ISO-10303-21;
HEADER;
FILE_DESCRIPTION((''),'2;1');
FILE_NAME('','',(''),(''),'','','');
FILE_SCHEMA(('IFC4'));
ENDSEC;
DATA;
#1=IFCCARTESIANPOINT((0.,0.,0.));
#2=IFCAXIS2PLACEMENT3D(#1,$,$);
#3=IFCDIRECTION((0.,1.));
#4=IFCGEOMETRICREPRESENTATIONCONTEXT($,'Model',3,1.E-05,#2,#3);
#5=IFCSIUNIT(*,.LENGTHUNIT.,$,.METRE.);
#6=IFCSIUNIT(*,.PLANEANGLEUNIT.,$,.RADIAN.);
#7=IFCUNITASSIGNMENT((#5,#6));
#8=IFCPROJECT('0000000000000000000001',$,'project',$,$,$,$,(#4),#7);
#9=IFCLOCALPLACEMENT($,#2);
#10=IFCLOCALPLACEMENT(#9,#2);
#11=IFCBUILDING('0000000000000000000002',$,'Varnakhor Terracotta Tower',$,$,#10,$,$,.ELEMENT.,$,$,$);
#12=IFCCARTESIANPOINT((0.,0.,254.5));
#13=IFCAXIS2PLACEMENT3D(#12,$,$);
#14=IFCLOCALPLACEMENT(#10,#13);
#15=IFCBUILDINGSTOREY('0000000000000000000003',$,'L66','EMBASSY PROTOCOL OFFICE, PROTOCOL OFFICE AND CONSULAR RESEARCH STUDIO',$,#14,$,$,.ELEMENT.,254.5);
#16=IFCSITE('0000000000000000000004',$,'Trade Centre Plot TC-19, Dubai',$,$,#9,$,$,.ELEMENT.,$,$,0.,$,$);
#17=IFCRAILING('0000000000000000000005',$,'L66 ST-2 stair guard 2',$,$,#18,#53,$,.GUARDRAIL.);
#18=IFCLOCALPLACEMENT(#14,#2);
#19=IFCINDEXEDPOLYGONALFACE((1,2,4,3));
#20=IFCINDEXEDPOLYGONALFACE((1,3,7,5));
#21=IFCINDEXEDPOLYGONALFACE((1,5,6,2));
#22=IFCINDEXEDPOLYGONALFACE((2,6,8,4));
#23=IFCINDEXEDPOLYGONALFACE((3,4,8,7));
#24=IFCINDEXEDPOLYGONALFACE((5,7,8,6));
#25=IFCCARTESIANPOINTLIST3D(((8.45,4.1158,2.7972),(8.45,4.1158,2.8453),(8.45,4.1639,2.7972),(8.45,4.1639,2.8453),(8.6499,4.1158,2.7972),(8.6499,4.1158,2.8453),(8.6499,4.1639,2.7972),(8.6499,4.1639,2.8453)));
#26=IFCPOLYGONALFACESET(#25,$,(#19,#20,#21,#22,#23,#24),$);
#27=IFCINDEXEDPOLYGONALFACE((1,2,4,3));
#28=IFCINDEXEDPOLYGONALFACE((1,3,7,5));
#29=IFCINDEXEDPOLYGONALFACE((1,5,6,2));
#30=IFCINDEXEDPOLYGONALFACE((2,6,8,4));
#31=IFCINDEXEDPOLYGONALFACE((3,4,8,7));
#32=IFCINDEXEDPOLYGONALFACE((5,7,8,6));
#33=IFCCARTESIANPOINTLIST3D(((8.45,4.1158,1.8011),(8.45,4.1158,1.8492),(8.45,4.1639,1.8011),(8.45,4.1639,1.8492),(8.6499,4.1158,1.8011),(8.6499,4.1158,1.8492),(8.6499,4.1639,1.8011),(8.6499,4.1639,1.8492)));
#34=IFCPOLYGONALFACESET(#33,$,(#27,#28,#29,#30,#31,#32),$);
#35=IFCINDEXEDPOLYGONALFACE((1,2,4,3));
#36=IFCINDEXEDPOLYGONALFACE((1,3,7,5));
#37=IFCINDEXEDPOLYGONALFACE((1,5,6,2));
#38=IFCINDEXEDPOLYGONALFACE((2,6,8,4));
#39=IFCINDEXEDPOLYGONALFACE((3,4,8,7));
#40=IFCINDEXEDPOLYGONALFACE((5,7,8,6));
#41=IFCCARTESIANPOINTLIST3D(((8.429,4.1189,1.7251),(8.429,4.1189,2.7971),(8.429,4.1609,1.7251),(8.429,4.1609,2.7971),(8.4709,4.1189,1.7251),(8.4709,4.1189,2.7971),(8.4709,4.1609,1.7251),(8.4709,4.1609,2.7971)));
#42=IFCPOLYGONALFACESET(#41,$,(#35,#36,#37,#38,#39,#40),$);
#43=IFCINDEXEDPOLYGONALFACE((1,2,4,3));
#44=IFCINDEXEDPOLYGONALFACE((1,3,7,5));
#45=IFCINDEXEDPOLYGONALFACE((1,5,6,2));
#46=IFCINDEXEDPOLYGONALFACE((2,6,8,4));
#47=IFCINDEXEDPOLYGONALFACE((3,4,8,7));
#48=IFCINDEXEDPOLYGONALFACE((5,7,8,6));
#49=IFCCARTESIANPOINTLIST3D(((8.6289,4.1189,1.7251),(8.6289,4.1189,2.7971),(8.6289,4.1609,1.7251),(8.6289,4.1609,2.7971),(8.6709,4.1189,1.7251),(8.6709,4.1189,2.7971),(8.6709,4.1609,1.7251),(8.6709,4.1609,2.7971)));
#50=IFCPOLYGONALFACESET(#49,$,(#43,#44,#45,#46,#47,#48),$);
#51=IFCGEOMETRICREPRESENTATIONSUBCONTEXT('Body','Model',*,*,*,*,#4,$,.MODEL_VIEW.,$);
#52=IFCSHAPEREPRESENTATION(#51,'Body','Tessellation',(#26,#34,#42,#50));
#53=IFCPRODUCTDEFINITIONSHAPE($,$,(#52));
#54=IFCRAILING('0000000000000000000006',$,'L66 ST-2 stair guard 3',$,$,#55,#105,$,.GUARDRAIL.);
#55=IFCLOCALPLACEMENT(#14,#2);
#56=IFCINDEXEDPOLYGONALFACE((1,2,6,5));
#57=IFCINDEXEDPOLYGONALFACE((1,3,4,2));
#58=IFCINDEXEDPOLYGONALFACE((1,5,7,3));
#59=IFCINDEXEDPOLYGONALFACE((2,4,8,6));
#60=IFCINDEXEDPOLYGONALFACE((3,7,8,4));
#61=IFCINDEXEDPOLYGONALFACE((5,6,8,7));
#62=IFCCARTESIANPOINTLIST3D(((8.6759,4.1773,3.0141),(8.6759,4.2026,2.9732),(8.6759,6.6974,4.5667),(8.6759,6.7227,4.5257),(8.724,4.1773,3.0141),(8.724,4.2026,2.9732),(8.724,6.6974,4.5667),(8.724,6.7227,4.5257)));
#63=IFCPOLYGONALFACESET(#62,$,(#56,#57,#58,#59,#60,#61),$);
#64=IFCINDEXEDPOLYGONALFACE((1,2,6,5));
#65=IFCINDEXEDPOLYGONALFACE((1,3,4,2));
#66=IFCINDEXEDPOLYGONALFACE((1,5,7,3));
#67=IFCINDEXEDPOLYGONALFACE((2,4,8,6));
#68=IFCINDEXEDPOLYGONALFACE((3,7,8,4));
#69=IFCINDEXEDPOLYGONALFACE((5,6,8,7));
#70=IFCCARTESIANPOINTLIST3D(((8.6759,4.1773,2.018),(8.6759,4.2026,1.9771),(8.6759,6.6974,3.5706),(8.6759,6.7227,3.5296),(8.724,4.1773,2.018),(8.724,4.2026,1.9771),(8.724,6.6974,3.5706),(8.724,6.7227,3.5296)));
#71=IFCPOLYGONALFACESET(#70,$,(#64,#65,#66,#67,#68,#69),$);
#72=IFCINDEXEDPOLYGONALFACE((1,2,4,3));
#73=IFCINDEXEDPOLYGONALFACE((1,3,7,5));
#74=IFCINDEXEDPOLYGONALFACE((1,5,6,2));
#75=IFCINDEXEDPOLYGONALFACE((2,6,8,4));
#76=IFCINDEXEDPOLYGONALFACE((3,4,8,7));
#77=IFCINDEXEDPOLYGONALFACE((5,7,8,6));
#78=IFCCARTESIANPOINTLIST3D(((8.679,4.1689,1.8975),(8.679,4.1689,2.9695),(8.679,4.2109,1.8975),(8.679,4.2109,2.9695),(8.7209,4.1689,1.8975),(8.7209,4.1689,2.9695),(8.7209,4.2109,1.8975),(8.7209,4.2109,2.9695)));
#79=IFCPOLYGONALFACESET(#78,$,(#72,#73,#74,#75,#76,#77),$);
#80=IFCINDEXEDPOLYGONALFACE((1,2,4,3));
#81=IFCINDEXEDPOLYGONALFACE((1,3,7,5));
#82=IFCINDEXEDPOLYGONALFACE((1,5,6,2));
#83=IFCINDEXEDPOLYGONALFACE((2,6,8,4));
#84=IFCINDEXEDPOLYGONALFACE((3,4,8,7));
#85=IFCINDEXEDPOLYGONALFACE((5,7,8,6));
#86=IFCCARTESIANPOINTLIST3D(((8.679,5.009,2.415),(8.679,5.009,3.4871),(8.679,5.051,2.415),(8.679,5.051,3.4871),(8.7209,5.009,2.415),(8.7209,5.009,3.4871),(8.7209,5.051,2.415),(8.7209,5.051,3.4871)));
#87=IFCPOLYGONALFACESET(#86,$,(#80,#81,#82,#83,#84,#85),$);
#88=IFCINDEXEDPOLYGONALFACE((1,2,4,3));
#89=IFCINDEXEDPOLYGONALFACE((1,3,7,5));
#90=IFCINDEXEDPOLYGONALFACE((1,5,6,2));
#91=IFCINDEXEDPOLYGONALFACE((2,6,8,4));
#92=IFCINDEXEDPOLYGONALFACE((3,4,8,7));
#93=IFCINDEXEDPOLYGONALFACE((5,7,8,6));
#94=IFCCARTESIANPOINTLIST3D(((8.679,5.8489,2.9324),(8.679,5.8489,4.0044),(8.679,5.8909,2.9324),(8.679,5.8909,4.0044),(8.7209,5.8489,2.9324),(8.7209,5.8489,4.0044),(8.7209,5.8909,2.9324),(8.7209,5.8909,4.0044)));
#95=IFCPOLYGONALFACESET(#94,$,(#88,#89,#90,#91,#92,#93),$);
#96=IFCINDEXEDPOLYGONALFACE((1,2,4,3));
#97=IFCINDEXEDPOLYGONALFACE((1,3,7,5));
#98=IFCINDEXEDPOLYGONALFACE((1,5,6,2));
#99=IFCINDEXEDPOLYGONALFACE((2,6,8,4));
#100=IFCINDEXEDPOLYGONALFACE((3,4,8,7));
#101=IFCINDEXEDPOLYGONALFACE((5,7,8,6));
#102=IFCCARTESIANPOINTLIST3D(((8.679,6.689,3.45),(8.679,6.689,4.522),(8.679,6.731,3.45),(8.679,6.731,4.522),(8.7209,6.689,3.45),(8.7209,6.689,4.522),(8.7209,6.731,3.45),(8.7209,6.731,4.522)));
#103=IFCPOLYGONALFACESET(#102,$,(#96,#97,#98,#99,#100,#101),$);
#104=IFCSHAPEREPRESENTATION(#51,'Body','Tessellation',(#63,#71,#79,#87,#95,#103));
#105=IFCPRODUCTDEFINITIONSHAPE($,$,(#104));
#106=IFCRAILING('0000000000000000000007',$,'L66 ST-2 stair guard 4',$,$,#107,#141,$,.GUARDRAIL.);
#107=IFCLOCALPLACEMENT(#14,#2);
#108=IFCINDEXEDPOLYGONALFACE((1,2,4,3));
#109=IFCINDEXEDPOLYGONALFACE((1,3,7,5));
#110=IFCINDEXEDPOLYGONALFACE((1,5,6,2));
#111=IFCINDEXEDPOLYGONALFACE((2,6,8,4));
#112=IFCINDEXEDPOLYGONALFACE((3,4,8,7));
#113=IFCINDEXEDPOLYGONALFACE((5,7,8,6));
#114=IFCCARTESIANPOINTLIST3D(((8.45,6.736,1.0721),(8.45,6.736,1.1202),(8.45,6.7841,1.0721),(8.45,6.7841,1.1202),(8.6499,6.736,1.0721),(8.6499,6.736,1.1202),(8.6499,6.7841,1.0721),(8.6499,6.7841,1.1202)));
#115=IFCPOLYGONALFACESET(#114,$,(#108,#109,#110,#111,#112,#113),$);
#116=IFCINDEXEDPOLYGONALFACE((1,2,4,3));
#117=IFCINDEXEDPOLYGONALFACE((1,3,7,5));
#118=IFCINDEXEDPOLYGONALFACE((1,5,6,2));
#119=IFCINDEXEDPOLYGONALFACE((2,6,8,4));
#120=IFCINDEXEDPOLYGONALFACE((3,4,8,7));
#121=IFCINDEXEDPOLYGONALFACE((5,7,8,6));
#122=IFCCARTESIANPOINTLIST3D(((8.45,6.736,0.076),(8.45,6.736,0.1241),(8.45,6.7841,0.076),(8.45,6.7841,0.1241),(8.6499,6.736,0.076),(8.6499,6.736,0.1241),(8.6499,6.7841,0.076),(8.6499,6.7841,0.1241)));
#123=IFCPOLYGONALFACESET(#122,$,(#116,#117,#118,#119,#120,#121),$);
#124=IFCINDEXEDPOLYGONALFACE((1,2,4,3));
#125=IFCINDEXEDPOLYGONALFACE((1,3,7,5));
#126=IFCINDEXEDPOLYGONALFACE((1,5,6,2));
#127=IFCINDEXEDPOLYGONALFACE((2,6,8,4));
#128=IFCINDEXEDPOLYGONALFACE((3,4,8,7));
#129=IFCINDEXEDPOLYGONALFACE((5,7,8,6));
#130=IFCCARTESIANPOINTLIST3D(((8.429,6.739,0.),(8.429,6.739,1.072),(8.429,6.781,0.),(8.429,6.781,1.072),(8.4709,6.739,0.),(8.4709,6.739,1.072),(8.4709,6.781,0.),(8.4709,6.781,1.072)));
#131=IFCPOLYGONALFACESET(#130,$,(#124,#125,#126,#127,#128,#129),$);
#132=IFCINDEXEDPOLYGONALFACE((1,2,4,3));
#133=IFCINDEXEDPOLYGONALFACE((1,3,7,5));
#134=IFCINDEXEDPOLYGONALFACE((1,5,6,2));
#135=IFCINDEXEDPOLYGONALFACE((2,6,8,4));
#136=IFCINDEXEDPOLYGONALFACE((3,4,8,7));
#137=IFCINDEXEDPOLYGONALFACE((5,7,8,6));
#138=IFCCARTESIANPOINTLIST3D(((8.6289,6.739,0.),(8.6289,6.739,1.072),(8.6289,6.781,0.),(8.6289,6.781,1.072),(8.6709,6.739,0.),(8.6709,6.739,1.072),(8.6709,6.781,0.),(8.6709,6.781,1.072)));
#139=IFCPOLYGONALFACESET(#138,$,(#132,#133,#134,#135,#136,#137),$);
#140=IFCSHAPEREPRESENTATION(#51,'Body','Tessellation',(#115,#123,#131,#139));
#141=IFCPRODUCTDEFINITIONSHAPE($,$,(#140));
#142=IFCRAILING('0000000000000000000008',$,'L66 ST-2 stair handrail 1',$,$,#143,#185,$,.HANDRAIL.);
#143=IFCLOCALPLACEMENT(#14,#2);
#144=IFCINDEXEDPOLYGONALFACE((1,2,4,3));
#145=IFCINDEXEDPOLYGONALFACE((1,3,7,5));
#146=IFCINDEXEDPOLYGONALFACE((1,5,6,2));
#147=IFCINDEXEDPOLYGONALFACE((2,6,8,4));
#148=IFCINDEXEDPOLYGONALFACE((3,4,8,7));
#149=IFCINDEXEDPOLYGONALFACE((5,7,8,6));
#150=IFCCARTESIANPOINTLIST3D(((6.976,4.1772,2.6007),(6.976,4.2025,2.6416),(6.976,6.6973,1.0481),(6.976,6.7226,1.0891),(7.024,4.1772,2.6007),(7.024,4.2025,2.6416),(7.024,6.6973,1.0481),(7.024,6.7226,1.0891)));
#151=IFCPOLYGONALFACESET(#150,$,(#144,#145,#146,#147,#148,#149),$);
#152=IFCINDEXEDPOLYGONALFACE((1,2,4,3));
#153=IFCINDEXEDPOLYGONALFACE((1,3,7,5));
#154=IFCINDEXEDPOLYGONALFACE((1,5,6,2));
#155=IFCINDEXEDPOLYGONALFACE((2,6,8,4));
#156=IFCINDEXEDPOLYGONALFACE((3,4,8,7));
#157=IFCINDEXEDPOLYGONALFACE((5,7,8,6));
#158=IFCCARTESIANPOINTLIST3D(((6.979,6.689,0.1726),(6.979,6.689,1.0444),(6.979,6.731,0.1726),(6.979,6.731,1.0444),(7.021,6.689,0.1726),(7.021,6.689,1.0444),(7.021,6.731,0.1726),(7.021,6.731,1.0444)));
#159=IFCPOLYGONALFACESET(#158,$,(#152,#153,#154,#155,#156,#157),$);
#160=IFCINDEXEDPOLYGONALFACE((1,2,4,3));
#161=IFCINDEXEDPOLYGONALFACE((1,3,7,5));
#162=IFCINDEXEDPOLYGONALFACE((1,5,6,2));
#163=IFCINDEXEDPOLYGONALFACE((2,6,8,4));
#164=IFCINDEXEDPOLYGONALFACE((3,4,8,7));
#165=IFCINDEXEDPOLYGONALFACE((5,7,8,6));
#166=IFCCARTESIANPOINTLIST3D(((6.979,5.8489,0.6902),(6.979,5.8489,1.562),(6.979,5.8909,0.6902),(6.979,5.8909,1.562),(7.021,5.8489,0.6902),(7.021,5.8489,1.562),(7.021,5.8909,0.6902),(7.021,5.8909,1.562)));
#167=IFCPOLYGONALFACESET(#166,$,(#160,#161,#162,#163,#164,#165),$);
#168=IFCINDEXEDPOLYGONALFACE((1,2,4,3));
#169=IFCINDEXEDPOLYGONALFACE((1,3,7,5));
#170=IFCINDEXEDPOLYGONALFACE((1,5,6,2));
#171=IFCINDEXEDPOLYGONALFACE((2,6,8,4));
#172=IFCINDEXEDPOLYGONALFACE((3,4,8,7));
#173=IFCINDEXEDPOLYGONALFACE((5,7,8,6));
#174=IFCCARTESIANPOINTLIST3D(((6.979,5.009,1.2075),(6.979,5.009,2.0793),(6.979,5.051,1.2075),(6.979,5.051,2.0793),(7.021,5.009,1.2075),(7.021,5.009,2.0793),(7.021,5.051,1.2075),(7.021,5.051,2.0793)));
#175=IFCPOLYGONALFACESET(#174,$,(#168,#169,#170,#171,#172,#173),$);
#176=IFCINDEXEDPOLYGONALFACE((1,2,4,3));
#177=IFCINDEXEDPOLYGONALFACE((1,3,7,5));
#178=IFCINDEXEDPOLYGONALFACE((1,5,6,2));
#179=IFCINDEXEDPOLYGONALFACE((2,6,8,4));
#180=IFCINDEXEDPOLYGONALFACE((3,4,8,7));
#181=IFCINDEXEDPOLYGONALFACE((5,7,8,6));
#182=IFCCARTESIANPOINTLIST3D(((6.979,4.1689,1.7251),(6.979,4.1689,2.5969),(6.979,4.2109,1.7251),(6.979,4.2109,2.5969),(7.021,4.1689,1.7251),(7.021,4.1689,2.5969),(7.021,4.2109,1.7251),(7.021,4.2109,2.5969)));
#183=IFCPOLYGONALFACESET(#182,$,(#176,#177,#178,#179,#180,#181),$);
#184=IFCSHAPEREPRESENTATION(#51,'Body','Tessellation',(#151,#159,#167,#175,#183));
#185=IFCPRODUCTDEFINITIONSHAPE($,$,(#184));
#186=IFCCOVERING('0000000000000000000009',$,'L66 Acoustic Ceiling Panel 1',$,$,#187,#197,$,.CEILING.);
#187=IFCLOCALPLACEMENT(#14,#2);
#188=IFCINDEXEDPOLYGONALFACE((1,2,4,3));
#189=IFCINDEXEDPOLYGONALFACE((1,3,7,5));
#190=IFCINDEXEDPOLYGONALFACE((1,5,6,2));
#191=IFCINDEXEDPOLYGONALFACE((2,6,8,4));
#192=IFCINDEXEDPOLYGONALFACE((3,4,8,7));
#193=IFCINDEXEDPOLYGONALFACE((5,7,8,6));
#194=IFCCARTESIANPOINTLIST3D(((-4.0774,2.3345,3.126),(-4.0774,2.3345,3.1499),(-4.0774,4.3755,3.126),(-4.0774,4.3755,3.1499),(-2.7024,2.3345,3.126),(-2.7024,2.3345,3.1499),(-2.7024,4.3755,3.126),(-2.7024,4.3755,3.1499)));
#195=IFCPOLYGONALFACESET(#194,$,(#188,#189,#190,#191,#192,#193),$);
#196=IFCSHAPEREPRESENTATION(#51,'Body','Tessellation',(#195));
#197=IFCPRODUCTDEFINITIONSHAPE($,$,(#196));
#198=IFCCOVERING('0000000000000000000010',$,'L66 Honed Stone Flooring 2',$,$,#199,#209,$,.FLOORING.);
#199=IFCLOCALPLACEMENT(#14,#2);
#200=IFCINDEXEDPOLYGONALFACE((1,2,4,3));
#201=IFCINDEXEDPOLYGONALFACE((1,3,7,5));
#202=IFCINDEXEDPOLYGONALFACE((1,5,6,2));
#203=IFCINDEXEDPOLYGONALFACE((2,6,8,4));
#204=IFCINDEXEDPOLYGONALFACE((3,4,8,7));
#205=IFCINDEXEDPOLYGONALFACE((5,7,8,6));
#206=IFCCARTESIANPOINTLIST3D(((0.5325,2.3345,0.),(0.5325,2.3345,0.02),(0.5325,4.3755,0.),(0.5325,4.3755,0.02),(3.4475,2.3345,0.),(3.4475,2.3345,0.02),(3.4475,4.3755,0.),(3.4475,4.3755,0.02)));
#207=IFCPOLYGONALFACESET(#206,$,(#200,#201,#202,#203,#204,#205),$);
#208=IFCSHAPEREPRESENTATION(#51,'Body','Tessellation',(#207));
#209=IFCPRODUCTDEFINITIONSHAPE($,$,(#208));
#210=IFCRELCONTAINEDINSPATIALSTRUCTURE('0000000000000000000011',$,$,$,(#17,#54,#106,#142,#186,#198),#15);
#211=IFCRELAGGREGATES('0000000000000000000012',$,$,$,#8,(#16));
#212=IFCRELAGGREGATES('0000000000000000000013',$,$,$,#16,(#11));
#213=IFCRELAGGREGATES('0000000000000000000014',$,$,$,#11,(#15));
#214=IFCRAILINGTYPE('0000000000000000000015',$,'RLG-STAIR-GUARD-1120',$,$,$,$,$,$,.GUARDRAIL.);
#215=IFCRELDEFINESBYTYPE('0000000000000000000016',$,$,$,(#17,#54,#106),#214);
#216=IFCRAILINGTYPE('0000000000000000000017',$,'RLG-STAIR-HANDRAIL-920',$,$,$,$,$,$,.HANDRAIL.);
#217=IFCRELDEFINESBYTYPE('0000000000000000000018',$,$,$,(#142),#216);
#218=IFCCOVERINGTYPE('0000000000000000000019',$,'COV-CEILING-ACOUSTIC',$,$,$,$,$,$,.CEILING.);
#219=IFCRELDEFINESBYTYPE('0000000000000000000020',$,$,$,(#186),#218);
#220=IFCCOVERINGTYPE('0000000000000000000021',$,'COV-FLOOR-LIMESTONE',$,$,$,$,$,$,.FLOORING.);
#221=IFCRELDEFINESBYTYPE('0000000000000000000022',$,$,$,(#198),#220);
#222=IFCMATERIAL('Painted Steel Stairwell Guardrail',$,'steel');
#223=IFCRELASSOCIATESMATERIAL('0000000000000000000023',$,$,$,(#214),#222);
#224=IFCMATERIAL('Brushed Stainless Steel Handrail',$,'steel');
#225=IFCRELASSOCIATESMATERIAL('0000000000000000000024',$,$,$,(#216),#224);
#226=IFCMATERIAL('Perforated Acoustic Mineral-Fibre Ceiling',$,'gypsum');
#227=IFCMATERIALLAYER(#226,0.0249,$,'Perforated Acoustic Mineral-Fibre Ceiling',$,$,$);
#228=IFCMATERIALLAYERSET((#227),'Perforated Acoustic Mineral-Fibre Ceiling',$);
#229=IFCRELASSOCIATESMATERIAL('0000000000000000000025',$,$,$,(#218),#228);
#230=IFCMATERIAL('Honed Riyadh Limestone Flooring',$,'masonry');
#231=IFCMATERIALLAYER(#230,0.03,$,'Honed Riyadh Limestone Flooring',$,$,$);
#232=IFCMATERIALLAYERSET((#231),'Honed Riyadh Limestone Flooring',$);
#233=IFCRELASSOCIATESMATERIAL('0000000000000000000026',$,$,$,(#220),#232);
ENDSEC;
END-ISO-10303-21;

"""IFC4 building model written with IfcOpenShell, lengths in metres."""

from ifc_helpers import new_model, si_unit, direction, frame, origin, origin_2d, place, context, subcontext, project, spatial, rectangle, extrude, source, transform, mapped, material, layer, layer_set, type_object, element, save


model = new_model("IFC4")

# Units and contexts
model_context = context("Model", 3, precision=1e-05, world=origin(), true_north=direction((0.0, 1.0)))
body_context = subcontext(model_context, "Body", "Model", "MODEL_VIEW")
ifc_project = project(units=[si_unit("LENGTHUNIT", "METRE"), si_unit("PLANEANGLEUNIT", "RADIAN")], contexts=[model_context])

# Site, building, storey
site_placement = place(None, origin())
site = spatial("IfcSite", under=ifc_project, at=site_placement, Name="Trade Centre Plot TC-19, Dubai", CompositionType="ELEMENT", RefElevation=0.0)
building_placement = place(site_placement, origin())
building = spatial("IfcBuilding", under=site, at=building_placement, Name="Varnakhor Terracotta Tower", CompositionType="ELEMENT")
storey_placement = place(building_placement, frame((0.0, 0.0, 254.5)))
storey = spatial("IfcBuildingStorey", under=building, at=storey_placement, Name="L66", Description="EMBASSY PROTOCOL OFFICE, PROTOCOL OFFICE AND CONSULAR RESEARCH STUDIO", CompositionType="ELEMENT", Elevation=254.5)

# Railings
ifc_material_1 = material(Name="Painted Steel Stairwell Guardrail", Category="steel")
railing_type_1 = type_object("IfcRailingType", Name="RLG-STAIR-GUARD-1120", PredefinedType="GUARDRAIL", material=ifc_material_1)
railing_1_placement = place(storey_placement, frame((8.45, 4.1399, 1.7251)))
element("IfcRailing", 1, at=railing_1_placement, inside=storey, type_object=railing_type_1, Name="L66 ST-2 stair guard 2", PredefinedType="GUARDRAIL", context=body_context, shape_type="SweptSolid", body=[
    extrude(rectangle(XDim=0.0481, YDim=0.0481, at=origin_2d()), frame((0.0, 0.0, 1.0962), z_axis=(1.0, 0.0, 0.0), x_axis=(0.0, 1.0, 0.0)), (0.0, 0.0, 1.0), 0.2),
    extrude(rectangle(XDim=0.0481, YDim=0.0481, at=origin_2d()), frame((0.0, 0.0, 0.1001), z_axis=(1.0, 0.0, 0.0), x_axis=(0.0, 1.0, 0.0)), (0.0, 0.0, 1.0), 0.2),
    extrude(rectangle(XDim=0.042, YDim=0.042, at=origin_2d()), origin(), (0.0, 0.0, 1.0), 1.072),
    extrude(rectangle(XDim=0.042, YDim=0.042, at=origin_2d()), frame((0.2, 0.0, 0.0)), (0.0, 0.0, 1.0), 1.072),
])
railing_2_placement = place(storey_placement, frame((8.7, 4.1899, 1.8975)))
element("IfcRailing", 2, at=railing_2_placement, inside=storey, type_object=railing_type_1, Name="L66 ST-2 stair guard 3", PredefinedType="GUARDRAIL", context=body_context, shape_type="SweptSolid", body=[
    extrude(rectangle(XDim=0.0481, YDim=0.0481, at=origin_2d()), frame((0.0, 0.0, 1.0962), z_axis=(0.0, 0.8514, 0.524516), x_axis=(-1.0, 0.0, 0.0)), (0.0, 0.0, 1.0), 2.96),
    extrude(rectangle(XDim=0.0481, YDim=0.0481, at=origin_2d()), frame((0.0, 0.0, 0.1001), z_axis=(0.0, 0.8514, 0.524516), x_axis=(-1.0, 0.0, 0.0)), (0.0, 0.0, 1.0), 2.96),
    extrude(rectangle(XDim=0.042, YDim=0.042, at=origin_2d()), origin(), (0.0, 0.0, 1.0), 1.072),
    extrude(rectangle(XDim=0.042, YDim=0.042, at=origin_2d()), frame((0.0, 0.8401, 0.5176)), (0.0, 0.0, 1.0), 1.072),
    extrude(rectangle(XDim=0.042, YDim=0.042, at=origin_2d()), frame((0.0, 1.6799, 1.0349)), (0.0, 0.0, 1.0), 1.072),
    extrude(rectangle(XDim=0.042, YDim=0.042, at=origin_2d()), frame((0.0, 2.52, 1.5525)), (0.0, 0.0, 1.0), 1.072),
])
railing_3_placement = place(storey_placement, frame((8.45, 6.76, 0.0)))
element("IfcRailing", 3, at=railing_3_placement, inside=storey, type_object=railing_type_1, Name="L66 ST-2 stair guard 4", PredefinedType="GUARDRAIL", context=body_context, shape_type="SweptSolid", body=[
    extrude(rectangle(XDim=0.0481, YDim=0.0481, at=origin_2d()), frame((0.0, 0.0, 1.0962), z_axis=(1.0, 0.0, 0.0), x_axis=(0.0, 1.0, 0.0)), (0.0, 0.0, 1.0), 0.2),
    extrude(rectangle(XDim=0.0481, YDim=0.0481, at=origin_2d()), frame((0.0, 0.0, 0.1001), z_axis=(1.0, 0.0, 0.0), x_axis=(0.0, 1.0, 0.0)), (0.0, 0.0, 1.0), 0.2),
    extrude(rectangle(XDim=0.042, YDim=0.042, at=origin_2d()), origin(), (0.0, 0.0, 1.0), 1.072),
    extrude(rectangle(XDim=0.042, YDim=0.042, at=origin_2d()), frame((0.2, 0.0, 0.0)), (0.0, 0.0, 1.0), 1.072),
])
ifc_material_2 = material(Name="Brushed Stainless Steel Handrail", Category="steel")
railing_type_2 = type_object("IfcRailingType", Name="RLG-STAIR-HANDRAIL-920", PredefinedType="HANDRAIL", material=ifc_material_2)
railing_4_placement = place(storey_placement, frame((7.0, 6.71, 0.1726)))
element("IfcRailing", 4, at=railing_4_placement, inside=storey, type_object=railing_type_2, Name="L66 ST-2 stair handrail 1", PredefinedType="HANDRAIL", context=body_context, shape_type="SweptSolid", body=[
    extrude(rectangle(XDim=0.0481, YDim=0.0481, at=origin_2d()), frame((0.0, 0.0, 0.896), z_axis=(0.0, -0.8514, 0.524516), x_axis=(1.0, 0.0, 0.0)), (0.0, 0.0, 1.0), 2.96),
    extrude(rectangle(XDim=0.042, YDim=0.042, at=origin_2d()), origin(), (0.0, 0.0, 1.0), 0.8718),
    extrude(rectangle(XDim=0.042, YDim=0.042, at=origin_2d()), frame((0.0, -0.8401, 0.5176)), (0.0, 0.0, 1.0), 0.8718),
    extrude(rectangle(XDim=0.042, YDim=0.042, at=origin_2d()), frame((0.0, -1.6799, 1.0349)), (0.0, 0.0, 1.0), 0.8718),
    extrude(rectangle(XDim=0.042, YDim=0.042, at=origin_2d()), frame((0.0, -2.52, 1.5525)), (0.0, 0.0, 1.0), 0.8718),
])

# Coverings
ifc_material_3 = material(Name="Perforated Acoustic Mineral-Fibre Ceiling", Category="gypsum")
ifc_layer_1 = layer(ifc_material_3, 0.0249, Name="Perforated Acoustic Mineral-Fibre Ceiling")
ifc_layer_set_1 = layer_set([ifc_layer_1], Name="Perforated Acoustic Mineral-Fibre Ceiling")
covering_type_1 = type_object("IfcCoveringType", Name="COV-CEILING-ACOUSTIC", PredefinedType="CEILING", material=ifc_layer_set_1)
shared_shape_1 = source(origin(), body_context, "Body", "SweptSolid", [
    extrude(rectangle(XDim=1.375, YDim=2.041, at=origin_2d()), origin(), (0.0, 0.0, 1.0), 0.0239),
])
covering_1_placement = place(storey_placement, frame((-3.3899, 3.355, 3.126), z_axis=(0.0, 0.0, 1.0), x_axis=(1.0, 0.0, 0.0)))
element("IfcCovering", 5, at=covering_1_placement, inside=storey, type_object=covering_type_1, Name="L66 Acoustic Ceiling Panel 1", PredefinedType="CEILING", context=body_context, shape_type="MappedRepresentation", body=[
    mapped(shared_shape_1, transform((0.0, 0.0, 0.0), scale=1.0)),
])
ifc_material_4 = material(Name="Honed Riyadh Limestone Flooring", Category="masonry")
ifc_layer_2 = layer(ifc_material_4, 0.03, Name="Honed Riyadh Limestone Flooring")
ifc_layer_set_2 = layer_set([ifc_layer_2], Name="Honed Riyadh Limestone Flooring")
covering_type_2 = type_object("IfcCoveringType", Name="COV-FLOOR-LIMESTONE", PredefinedType="FLOORING", material=ifc_layer_set_2)
shared_shape_2 = source(origin(), body_context, "Body", "SweptSolid", [
    extrude(rectangle(XDim=2.915, YDim=2.041, at=origin_2d()), origin(), (0.0, 0.0, 1.0), 0.02),
])
covering_2_placement = place(storey_placement, frame((1.99, 3.355, 0.0), z_axis=(0.0, 0.0, 1.0), x_axis=(1.0, 0.0, 0.0)))
element("IfcCovering", 6, at=covering_2_placement, inside=storey, type_object=covering_type_2, Name="L66 Honed Stone Flooring 2", PredefinedType="FLOORING", context=body_context, shape_type="MappedRepresentation", body=[
    mapped(shared_shape_2, transform((0.0, 0.0, 0.0), scale=1.0)),
])

save(model, "model.ifc")
